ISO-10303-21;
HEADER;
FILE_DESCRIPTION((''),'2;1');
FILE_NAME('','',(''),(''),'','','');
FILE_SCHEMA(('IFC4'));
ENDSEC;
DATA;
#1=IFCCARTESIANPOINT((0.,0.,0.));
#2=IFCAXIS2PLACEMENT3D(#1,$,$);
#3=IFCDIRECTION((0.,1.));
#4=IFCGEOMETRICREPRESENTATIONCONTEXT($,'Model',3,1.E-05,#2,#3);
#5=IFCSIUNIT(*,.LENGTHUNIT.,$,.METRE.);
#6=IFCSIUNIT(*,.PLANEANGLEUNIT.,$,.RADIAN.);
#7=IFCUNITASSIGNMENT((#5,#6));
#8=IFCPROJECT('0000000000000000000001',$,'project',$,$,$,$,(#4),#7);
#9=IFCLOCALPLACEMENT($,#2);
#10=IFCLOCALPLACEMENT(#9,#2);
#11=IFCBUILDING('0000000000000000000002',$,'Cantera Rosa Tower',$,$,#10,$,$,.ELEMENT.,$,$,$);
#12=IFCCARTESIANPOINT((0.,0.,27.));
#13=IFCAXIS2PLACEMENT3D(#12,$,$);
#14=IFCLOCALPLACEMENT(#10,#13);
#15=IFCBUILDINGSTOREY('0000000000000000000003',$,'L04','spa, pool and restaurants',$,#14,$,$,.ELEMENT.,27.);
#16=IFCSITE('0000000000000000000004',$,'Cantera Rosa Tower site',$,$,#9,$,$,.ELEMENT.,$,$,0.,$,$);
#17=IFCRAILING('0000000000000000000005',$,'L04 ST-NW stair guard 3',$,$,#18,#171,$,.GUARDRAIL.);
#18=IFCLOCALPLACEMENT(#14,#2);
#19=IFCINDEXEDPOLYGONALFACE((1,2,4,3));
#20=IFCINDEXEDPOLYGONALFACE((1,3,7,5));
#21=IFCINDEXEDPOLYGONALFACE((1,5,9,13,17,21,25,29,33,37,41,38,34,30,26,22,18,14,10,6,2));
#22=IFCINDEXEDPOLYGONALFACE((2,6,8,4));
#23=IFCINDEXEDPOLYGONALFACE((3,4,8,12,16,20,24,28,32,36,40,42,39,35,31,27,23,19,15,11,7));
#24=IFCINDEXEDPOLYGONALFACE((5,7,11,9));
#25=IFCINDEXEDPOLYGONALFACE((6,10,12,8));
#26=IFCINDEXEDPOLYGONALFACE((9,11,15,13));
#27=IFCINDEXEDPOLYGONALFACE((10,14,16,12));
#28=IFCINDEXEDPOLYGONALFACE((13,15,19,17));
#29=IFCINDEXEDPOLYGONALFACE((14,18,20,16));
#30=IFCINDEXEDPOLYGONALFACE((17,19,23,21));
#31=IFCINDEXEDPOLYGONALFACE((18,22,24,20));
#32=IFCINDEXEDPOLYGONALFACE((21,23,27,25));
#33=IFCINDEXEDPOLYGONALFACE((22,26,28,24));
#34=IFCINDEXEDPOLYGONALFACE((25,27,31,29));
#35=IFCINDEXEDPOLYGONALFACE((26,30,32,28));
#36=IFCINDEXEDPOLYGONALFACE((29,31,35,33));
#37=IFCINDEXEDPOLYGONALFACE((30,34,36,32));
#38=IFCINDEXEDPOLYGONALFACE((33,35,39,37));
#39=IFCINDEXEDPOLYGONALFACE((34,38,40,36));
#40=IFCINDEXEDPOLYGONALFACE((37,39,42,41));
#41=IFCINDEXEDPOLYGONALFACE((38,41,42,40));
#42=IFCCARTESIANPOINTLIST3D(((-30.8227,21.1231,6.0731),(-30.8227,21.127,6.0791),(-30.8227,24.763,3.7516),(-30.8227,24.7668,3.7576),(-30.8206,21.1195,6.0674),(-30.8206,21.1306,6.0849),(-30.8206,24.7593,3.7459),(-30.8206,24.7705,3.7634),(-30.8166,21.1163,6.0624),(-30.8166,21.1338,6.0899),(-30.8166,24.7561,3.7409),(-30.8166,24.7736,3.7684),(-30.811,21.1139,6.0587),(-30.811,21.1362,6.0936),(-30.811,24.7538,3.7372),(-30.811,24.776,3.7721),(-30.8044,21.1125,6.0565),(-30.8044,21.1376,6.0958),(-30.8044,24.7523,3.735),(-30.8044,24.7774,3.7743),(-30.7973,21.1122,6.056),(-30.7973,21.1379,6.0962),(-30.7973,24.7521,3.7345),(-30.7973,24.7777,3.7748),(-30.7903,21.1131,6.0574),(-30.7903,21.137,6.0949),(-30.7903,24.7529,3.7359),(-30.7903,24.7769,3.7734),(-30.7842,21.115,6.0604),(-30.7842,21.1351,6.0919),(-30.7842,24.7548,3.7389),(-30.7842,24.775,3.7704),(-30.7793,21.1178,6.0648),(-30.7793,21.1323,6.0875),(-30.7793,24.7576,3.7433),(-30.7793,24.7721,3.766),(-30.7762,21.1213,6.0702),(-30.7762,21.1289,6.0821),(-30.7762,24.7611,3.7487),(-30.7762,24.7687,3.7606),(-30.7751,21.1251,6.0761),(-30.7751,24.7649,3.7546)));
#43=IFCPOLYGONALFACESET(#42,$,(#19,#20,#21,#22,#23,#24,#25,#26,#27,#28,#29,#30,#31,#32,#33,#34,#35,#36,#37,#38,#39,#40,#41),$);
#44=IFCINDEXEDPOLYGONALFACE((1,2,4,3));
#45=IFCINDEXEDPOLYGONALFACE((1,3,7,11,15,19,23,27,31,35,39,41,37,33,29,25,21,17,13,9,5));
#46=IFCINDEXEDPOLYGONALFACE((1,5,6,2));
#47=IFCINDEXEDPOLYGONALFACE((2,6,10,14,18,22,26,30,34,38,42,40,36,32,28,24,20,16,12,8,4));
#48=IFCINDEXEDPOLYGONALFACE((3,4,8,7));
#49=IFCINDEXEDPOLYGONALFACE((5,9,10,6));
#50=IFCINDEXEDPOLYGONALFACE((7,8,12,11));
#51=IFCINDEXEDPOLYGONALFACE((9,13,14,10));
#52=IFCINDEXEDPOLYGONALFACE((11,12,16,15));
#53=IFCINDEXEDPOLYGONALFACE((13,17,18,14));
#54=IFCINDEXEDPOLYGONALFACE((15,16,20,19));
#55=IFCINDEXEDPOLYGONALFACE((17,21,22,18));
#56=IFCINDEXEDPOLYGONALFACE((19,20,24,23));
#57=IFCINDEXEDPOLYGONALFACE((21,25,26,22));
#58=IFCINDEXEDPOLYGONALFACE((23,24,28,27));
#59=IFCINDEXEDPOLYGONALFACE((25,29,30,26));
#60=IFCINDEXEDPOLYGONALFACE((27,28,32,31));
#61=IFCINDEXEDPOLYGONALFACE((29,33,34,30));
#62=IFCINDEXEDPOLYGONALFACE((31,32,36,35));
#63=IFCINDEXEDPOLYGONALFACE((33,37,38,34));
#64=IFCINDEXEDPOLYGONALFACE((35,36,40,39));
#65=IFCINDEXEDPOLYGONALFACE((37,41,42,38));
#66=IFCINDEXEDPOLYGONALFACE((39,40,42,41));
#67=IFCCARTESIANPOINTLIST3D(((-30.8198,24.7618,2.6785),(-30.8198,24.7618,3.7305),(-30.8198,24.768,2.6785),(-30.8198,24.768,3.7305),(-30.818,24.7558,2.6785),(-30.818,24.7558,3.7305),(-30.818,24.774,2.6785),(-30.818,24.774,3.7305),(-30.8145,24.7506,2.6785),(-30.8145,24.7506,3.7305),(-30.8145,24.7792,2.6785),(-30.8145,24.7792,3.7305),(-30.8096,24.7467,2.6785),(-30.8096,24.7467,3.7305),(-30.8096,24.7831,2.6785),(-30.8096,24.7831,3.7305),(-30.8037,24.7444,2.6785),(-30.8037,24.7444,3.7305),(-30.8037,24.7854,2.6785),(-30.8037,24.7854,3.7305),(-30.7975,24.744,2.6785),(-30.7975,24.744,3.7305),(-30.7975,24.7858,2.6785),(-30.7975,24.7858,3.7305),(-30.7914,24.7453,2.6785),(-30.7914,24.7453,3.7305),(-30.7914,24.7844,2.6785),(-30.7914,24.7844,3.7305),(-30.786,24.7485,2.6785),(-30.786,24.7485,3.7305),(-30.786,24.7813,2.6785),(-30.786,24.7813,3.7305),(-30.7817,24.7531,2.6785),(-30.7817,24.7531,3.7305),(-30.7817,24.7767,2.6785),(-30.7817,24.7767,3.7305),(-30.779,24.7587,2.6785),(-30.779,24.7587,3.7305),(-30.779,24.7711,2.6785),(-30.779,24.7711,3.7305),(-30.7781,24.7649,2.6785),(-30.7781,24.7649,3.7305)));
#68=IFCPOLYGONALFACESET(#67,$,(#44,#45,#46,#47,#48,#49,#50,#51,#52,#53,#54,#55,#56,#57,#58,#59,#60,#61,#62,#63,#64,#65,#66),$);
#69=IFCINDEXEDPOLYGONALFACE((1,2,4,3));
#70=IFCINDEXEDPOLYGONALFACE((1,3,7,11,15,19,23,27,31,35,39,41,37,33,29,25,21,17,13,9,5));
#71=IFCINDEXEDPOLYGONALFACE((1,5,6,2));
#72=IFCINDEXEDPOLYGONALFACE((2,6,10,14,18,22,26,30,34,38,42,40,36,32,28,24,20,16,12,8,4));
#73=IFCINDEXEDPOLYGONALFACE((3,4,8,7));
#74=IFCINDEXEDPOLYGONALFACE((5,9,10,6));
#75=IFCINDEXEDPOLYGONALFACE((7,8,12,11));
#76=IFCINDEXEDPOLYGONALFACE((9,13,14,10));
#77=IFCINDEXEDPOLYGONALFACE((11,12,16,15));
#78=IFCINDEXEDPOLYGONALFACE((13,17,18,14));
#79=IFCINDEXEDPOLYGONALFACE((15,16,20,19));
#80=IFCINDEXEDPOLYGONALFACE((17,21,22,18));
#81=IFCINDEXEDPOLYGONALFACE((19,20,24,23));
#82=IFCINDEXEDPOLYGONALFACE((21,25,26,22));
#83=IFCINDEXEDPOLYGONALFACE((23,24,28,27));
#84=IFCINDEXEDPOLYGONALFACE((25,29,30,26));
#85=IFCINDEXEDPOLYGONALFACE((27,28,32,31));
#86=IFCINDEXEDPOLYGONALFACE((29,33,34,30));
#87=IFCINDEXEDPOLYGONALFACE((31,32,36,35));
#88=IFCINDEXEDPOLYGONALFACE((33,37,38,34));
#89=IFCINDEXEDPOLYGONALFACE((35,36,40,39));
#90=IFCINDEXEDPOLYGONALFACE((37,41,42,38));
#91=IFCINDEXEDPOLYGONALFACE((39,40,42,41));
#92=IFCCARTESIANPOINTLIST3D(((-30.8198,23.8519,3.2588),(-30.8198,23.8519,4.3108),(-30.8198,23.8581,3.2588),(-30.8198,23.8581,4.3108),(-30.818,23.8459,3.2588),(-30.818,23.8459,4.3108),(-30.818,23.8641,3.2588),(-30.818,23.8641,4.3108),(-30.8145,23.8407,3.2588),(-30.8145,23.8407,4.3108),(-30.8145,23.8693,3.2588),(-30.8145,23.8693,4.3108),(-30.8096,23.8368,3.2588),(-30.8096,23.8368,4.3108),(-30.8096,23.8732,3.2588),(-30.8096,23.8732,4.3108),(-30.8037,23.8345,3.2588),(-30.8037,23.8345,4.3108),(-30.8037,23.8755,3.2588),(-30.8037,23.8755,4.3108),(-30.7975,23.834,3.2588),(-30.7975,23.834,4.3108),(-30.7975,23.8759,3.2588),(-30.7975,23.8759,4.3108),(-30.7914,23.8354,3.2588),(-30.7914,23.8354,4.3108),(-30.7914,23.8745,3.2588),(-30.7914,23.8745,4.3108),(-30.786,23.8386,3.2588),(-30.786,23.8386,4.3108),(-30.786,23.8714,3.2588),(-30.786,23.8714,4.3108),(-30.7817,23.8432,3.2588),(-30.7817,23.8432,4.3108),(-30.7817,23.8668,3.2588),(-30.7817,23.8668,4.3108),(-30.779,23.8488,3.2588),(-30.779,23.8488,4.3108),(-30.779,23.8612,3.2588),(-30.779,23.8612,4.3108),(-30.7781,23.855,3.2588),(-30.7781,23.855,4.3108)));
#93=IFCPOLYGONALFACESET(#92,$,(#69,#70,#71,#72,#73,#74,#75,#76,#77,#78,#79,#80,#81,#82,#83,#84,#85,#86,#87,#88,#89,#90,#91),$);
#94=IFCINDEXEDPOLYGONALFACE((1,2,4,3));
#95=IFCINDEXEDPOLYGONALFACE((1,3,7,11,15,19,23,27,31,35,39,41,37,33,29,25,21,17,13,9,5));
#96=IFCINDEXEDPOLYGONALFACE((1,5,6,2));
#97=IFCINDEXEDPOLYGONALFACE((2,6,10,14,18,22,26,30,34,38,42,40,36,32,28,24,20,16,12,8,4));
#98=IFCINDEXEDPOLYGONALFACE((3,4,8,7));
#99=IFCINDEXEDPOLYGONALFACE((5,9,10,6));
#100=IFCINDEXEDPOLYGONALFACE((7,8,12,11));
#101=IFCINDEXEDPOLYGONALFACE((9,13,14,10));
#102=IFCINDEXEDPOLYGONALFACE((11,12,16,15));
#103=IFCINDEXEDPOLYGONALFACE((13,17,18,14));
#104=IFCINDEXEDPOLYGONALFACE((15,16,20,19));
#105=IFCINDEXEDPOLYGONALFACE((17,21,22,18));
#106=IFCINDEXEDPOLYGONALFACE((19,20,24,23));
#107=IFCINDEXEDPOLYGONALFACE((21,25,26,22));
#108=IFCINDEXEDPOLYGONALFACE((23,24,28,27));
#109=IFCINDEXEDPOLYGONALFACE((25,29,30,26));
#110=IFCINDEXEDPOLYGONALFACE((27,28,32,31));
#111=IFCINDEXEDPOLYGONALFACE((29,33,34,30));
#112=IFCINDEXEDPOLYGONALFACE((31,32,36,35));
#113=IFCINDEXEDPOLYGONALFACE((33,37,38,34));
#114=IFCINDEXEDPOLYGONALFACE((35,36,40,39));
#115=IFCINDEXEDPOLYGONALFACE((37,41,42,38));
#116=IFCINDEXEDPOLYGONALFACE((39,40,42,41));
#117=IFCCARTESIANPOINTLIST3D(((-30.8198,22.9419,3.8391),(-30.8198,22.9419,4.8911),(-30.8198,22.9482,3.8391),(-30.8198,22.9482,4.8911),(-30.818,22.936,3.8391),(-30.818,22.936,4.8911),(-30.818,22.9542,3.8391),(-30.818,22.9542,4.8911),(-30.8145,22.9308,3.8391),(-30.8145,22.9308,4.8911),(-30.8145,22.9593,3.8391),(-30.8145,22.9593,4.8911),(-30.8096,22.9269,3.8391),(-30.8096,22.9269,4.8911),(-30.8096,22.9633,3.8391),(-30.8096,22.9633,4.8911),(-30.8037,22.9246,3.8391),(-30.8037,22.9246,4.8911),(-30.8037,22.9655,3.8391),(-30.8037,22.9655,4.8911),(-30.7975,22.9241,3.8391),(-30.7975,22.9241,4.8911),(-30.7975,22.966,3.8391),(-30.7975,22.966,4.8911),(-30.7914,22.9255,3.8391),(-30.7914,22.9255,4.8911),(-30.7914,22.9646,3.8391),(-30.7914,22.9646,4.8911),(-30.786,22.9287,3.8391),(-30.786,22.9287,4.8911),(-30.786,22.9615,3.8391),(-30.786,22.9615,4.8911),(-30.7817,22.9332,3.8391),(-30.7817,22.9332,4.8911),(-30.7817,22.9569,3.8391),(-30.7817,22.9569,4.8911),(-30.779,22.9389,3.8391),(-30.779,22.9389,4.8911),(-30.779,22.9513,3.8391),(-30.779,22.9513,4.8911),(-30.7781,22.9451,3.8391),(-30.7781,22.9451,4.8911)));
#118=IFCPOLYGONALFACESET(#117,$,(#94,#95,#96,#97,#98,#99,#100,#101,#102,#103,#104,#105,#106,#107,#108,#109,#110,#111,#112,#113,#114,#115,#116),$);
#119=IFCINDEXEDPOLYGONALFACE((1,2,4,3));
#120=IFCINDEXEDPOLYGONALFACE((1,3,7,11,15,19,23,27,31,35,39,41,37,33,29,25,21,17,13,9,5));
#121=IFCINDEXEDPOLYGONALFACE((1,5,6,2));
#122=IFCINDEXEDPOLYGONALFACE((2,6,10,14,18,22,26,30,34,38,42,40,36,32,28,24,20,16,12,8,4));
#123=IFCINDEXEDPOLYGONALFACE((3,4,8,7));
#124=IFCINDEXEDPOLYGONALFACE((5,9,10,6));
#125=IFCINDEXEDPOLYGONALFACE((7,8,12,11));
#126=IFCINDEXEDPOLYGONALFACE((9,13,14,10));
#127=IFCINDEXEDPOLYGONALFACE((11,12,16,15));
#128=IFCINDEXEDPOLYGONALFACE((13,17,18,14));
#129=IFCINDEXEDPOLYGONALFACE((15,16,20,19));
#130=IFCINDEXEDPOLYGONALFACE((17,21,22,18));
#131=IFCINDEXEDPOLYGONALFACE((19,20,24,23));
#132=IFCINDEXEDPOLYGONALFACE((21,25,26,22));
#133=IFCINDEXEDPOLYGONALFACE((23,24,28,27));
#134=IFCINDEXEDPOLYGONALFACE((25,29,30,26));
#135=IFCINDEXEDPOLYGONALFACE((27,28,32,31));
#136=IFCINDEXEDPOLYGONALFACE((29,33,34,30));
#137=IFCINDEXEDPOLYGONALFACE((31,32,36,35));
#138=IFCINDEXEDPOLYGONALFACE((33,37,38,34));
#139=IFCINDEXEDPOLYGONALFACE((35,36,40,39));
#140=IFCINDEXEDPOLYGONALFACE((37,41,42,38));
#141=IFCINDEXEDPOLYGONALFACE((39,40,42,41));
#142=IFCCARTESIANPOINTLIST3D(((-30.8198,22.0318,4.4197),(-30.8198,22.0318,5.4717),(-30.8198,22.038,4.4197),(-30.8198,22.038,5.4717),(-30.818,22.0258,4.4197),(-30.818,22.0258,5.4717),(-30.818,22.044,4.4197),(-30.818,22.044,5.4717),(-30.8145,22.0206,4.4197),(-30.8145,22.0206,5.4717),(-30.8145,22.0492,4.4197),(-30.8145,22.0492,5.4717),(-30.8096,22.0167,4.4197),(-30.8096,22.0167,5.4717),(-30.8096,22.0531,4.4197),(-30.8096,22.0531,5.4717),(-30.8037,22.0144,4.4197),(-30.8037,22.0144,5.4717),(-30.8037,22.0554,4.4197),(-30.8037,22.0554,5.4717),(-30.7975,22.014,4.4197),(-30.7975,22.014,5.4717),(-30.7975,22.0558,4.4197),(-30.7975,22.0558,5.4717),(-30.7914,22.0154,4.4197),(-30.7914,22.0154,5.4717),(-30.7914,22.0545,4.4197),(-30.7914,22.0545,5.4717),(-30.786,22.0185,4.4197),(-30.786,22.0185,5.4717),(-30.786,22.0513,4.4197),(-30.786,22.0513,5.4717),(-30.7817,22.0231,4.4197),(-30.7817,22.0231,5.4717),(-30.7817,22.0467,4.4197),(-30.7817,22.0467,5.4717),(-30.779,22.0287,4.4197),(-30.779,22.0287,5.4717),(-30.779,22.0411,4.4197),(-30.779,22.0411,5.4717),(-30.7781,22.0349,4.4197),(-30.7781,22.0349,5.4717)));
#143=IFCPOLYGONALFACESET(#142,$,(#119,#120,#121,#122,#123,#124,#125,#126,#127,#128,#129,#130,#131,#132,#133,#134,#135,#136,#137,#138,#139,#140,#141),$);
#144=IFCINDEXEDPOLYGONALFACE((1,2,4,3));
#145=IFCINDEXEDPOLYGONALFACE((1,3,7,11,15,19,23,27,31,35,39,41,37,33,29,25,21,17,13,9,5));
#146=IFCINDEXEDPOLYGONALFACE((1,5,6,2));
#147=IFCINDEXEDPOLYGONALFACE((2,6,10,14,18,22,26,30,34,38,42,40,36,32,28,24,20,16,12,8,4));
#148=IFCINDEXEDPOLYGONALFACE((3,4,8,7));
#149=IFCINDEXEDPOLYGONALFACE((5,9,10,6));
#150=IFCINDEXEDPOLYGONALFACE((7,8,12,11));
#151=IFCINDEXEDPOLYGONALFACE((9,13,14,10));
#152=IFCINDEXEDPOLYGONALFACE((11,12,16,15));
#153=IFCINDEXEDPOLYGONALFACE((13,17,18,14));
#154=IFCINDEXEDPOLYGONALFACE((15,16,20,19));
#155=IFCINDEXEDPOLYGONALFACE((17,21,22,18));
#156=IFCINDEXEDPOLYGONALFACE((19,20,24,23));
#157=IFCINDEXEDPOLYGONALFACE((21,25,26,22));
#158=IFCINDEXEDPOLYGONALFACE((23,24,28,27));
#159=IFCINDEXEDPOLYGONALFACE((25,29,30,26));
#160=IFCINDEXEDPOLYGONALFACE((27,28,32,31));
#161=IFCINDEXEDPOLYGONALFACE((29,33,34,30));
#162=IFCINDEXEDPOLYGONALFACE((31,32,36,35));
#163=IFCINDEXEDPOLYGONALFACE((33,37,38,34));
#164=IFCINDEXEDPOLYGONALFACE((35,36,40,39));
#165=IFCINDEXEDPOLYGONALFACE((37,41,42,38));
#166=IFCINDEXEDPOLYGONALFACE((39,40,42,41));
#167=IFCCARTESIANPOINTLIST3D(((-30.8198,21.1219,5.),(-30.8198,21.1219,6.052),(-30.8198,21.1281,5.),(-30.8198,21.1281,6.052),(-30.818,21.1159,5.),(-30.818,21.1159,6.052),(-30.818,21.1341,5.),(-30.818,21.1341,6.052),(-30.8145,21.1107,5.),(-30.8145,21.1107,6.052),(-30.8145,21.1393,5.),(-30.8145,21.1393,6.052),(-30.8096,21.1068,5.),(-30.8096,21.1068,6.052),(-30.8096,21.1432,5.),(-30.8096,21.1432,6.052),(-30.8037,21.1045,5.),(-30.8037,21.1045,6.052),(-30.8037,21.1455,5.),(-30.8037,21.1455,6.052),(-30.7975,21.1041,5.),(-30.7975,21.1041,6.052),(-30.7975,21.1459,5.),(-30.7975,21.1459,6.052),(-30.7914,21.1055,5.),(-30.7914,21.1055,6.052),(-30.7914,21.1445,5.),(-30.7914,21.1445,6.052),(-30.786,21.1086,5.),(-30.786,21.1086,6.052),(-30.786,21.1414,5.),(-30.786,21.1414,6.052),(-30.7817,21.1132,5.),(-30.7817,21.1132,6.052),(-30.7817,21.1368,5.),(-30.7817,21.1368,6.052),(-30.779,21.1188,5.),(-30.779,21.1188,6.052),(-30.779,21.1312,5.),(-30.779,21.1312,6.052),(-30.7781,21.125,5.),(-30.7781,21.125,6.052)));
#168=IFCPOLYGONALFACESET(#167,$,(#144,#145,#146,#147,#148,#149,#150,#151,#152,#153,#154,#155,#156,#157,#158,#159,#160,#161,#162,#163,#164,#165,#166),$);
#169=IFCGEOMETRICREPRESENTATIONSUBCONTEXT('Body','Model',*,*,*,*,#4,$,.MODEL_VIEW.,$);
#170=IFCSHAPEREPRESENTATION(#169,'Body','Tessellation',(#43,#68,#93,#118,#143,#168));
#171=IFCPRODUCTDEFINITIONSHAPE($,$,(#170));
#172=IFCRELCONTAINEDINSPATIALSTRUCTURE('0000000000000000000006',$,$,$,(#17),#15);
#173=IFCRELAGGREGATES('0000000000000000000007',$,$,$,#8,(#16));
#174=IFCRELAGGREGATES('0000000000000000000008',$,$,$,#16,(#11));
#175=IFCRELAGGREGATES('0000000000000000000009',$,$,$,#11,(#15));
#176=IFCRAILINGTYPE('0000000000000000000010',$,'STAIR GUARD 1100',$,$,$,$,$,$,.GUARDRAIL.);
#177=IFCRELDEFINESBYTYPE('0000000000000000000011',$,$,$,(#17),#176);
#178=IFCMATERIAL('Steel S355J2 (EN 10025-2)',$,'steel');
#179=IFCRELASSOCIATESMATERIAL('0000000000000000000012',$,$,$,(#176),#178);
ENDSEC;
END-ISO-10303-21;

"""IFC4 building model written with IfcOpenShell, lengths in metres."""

from ifc_helpers import new_model, si_unit, direction, frame, origin, origin_2d, place, context, subcontext, project, spatial, circle, extrude, material, type_object, element, save


model = new_model("IFC4")

# Units and contexts
model_context = context("Model", 3, precision=1e-05, world=origin(), true_north=direction((0.0, 1.0)))
body_context = subcontext(model_context, "Body", "Model", "MODEL_VIEW")
ifc_project = project(units=[si_unit("LENGTHUNIT", "METRE"), si_unit("PLANEANGLEUNIT", "RADIAN")], contexts=[model_context])

# Site, building, storey
site_placement = place(None, origin())
site = spatial("IfcSite", under=ifc_project, at=site_placement, Name="Cantera Rosa Tower site", CompositionType="ELEMENT", RefElevation=0.0)
building_placement = place(site_placement, origin())
building = spatial("IfcBuilding", under=site, at=building_placement, Name="Cantera Rosa Tower", CompositionType="ELEMENT")
storey_placement = place(building_placement, frame((0.0, 0.0, 27.0)))
storey = spatial("IfcBuildingStorey", under=building, at=storey_placement, Name="L04", Description="spa, pool and restaurants", CompositionType="ELEMENT", Elevation=27.0)

# Railing
ifc_material_1 = material(Name="Steel S355J2 (EN 10025-2)", Category="steel")
railing_type_1 = type_object("IfcRailingType", Name="STAIR GUARD 1100", PredefinedType="GUARDRAIL", material=ifc_material_1)
railing_1_placement = place(storey_placement, frame((-30.7991, 24.7649, 2.6785)))
element("IfcRailing", 1, at=railing_1_placement, inside=storey, type_object=railing_type_1, Name="L04 ST-NW stair guard 3", PredefinedType="GUARDRAIL", context=body_context, shape_type="SweptSolid", body=[
    extrude(circle(Radius=0.0239, at=origin_2d()), frame((0.0, 0.0, 1.0762), z_axis=(0.0, -0.843112, 0.537739), x_axis=(1.0, 0.0, 0.0)), (0.0, 0.0, 1.0), 4.3171),
    extrude(circle(Radius=0.021, at=origin_2d()), origin(), (0.0, 0.0, 1.0), 1.052),
    extrude(circle(Radius=0.021, at=origin_2d()), frame((0.0, -0.9099, 0.5803)), (0.0, 0.0, 1.0), 1.052),
    extrude(circle(Radius=0.021, at=origin_2d()), frame((0.0, -1.8198, 1.1606)), (0.0, 0.0, 1.0), 1.052),
    extrude(circle(Radius=0.021, at=origin_2d()), frame((0.0, -2.73, 1.7412)), (0.0, 0.0, 1.0), 1.052),
    extrude(circle(Radius=0.021, at=origin_2d()), frame((0.0, -3.6399, 2.3215)), (0.0, 0.0, 1.0), 1.052),
])

save(model, "model.ifc")
